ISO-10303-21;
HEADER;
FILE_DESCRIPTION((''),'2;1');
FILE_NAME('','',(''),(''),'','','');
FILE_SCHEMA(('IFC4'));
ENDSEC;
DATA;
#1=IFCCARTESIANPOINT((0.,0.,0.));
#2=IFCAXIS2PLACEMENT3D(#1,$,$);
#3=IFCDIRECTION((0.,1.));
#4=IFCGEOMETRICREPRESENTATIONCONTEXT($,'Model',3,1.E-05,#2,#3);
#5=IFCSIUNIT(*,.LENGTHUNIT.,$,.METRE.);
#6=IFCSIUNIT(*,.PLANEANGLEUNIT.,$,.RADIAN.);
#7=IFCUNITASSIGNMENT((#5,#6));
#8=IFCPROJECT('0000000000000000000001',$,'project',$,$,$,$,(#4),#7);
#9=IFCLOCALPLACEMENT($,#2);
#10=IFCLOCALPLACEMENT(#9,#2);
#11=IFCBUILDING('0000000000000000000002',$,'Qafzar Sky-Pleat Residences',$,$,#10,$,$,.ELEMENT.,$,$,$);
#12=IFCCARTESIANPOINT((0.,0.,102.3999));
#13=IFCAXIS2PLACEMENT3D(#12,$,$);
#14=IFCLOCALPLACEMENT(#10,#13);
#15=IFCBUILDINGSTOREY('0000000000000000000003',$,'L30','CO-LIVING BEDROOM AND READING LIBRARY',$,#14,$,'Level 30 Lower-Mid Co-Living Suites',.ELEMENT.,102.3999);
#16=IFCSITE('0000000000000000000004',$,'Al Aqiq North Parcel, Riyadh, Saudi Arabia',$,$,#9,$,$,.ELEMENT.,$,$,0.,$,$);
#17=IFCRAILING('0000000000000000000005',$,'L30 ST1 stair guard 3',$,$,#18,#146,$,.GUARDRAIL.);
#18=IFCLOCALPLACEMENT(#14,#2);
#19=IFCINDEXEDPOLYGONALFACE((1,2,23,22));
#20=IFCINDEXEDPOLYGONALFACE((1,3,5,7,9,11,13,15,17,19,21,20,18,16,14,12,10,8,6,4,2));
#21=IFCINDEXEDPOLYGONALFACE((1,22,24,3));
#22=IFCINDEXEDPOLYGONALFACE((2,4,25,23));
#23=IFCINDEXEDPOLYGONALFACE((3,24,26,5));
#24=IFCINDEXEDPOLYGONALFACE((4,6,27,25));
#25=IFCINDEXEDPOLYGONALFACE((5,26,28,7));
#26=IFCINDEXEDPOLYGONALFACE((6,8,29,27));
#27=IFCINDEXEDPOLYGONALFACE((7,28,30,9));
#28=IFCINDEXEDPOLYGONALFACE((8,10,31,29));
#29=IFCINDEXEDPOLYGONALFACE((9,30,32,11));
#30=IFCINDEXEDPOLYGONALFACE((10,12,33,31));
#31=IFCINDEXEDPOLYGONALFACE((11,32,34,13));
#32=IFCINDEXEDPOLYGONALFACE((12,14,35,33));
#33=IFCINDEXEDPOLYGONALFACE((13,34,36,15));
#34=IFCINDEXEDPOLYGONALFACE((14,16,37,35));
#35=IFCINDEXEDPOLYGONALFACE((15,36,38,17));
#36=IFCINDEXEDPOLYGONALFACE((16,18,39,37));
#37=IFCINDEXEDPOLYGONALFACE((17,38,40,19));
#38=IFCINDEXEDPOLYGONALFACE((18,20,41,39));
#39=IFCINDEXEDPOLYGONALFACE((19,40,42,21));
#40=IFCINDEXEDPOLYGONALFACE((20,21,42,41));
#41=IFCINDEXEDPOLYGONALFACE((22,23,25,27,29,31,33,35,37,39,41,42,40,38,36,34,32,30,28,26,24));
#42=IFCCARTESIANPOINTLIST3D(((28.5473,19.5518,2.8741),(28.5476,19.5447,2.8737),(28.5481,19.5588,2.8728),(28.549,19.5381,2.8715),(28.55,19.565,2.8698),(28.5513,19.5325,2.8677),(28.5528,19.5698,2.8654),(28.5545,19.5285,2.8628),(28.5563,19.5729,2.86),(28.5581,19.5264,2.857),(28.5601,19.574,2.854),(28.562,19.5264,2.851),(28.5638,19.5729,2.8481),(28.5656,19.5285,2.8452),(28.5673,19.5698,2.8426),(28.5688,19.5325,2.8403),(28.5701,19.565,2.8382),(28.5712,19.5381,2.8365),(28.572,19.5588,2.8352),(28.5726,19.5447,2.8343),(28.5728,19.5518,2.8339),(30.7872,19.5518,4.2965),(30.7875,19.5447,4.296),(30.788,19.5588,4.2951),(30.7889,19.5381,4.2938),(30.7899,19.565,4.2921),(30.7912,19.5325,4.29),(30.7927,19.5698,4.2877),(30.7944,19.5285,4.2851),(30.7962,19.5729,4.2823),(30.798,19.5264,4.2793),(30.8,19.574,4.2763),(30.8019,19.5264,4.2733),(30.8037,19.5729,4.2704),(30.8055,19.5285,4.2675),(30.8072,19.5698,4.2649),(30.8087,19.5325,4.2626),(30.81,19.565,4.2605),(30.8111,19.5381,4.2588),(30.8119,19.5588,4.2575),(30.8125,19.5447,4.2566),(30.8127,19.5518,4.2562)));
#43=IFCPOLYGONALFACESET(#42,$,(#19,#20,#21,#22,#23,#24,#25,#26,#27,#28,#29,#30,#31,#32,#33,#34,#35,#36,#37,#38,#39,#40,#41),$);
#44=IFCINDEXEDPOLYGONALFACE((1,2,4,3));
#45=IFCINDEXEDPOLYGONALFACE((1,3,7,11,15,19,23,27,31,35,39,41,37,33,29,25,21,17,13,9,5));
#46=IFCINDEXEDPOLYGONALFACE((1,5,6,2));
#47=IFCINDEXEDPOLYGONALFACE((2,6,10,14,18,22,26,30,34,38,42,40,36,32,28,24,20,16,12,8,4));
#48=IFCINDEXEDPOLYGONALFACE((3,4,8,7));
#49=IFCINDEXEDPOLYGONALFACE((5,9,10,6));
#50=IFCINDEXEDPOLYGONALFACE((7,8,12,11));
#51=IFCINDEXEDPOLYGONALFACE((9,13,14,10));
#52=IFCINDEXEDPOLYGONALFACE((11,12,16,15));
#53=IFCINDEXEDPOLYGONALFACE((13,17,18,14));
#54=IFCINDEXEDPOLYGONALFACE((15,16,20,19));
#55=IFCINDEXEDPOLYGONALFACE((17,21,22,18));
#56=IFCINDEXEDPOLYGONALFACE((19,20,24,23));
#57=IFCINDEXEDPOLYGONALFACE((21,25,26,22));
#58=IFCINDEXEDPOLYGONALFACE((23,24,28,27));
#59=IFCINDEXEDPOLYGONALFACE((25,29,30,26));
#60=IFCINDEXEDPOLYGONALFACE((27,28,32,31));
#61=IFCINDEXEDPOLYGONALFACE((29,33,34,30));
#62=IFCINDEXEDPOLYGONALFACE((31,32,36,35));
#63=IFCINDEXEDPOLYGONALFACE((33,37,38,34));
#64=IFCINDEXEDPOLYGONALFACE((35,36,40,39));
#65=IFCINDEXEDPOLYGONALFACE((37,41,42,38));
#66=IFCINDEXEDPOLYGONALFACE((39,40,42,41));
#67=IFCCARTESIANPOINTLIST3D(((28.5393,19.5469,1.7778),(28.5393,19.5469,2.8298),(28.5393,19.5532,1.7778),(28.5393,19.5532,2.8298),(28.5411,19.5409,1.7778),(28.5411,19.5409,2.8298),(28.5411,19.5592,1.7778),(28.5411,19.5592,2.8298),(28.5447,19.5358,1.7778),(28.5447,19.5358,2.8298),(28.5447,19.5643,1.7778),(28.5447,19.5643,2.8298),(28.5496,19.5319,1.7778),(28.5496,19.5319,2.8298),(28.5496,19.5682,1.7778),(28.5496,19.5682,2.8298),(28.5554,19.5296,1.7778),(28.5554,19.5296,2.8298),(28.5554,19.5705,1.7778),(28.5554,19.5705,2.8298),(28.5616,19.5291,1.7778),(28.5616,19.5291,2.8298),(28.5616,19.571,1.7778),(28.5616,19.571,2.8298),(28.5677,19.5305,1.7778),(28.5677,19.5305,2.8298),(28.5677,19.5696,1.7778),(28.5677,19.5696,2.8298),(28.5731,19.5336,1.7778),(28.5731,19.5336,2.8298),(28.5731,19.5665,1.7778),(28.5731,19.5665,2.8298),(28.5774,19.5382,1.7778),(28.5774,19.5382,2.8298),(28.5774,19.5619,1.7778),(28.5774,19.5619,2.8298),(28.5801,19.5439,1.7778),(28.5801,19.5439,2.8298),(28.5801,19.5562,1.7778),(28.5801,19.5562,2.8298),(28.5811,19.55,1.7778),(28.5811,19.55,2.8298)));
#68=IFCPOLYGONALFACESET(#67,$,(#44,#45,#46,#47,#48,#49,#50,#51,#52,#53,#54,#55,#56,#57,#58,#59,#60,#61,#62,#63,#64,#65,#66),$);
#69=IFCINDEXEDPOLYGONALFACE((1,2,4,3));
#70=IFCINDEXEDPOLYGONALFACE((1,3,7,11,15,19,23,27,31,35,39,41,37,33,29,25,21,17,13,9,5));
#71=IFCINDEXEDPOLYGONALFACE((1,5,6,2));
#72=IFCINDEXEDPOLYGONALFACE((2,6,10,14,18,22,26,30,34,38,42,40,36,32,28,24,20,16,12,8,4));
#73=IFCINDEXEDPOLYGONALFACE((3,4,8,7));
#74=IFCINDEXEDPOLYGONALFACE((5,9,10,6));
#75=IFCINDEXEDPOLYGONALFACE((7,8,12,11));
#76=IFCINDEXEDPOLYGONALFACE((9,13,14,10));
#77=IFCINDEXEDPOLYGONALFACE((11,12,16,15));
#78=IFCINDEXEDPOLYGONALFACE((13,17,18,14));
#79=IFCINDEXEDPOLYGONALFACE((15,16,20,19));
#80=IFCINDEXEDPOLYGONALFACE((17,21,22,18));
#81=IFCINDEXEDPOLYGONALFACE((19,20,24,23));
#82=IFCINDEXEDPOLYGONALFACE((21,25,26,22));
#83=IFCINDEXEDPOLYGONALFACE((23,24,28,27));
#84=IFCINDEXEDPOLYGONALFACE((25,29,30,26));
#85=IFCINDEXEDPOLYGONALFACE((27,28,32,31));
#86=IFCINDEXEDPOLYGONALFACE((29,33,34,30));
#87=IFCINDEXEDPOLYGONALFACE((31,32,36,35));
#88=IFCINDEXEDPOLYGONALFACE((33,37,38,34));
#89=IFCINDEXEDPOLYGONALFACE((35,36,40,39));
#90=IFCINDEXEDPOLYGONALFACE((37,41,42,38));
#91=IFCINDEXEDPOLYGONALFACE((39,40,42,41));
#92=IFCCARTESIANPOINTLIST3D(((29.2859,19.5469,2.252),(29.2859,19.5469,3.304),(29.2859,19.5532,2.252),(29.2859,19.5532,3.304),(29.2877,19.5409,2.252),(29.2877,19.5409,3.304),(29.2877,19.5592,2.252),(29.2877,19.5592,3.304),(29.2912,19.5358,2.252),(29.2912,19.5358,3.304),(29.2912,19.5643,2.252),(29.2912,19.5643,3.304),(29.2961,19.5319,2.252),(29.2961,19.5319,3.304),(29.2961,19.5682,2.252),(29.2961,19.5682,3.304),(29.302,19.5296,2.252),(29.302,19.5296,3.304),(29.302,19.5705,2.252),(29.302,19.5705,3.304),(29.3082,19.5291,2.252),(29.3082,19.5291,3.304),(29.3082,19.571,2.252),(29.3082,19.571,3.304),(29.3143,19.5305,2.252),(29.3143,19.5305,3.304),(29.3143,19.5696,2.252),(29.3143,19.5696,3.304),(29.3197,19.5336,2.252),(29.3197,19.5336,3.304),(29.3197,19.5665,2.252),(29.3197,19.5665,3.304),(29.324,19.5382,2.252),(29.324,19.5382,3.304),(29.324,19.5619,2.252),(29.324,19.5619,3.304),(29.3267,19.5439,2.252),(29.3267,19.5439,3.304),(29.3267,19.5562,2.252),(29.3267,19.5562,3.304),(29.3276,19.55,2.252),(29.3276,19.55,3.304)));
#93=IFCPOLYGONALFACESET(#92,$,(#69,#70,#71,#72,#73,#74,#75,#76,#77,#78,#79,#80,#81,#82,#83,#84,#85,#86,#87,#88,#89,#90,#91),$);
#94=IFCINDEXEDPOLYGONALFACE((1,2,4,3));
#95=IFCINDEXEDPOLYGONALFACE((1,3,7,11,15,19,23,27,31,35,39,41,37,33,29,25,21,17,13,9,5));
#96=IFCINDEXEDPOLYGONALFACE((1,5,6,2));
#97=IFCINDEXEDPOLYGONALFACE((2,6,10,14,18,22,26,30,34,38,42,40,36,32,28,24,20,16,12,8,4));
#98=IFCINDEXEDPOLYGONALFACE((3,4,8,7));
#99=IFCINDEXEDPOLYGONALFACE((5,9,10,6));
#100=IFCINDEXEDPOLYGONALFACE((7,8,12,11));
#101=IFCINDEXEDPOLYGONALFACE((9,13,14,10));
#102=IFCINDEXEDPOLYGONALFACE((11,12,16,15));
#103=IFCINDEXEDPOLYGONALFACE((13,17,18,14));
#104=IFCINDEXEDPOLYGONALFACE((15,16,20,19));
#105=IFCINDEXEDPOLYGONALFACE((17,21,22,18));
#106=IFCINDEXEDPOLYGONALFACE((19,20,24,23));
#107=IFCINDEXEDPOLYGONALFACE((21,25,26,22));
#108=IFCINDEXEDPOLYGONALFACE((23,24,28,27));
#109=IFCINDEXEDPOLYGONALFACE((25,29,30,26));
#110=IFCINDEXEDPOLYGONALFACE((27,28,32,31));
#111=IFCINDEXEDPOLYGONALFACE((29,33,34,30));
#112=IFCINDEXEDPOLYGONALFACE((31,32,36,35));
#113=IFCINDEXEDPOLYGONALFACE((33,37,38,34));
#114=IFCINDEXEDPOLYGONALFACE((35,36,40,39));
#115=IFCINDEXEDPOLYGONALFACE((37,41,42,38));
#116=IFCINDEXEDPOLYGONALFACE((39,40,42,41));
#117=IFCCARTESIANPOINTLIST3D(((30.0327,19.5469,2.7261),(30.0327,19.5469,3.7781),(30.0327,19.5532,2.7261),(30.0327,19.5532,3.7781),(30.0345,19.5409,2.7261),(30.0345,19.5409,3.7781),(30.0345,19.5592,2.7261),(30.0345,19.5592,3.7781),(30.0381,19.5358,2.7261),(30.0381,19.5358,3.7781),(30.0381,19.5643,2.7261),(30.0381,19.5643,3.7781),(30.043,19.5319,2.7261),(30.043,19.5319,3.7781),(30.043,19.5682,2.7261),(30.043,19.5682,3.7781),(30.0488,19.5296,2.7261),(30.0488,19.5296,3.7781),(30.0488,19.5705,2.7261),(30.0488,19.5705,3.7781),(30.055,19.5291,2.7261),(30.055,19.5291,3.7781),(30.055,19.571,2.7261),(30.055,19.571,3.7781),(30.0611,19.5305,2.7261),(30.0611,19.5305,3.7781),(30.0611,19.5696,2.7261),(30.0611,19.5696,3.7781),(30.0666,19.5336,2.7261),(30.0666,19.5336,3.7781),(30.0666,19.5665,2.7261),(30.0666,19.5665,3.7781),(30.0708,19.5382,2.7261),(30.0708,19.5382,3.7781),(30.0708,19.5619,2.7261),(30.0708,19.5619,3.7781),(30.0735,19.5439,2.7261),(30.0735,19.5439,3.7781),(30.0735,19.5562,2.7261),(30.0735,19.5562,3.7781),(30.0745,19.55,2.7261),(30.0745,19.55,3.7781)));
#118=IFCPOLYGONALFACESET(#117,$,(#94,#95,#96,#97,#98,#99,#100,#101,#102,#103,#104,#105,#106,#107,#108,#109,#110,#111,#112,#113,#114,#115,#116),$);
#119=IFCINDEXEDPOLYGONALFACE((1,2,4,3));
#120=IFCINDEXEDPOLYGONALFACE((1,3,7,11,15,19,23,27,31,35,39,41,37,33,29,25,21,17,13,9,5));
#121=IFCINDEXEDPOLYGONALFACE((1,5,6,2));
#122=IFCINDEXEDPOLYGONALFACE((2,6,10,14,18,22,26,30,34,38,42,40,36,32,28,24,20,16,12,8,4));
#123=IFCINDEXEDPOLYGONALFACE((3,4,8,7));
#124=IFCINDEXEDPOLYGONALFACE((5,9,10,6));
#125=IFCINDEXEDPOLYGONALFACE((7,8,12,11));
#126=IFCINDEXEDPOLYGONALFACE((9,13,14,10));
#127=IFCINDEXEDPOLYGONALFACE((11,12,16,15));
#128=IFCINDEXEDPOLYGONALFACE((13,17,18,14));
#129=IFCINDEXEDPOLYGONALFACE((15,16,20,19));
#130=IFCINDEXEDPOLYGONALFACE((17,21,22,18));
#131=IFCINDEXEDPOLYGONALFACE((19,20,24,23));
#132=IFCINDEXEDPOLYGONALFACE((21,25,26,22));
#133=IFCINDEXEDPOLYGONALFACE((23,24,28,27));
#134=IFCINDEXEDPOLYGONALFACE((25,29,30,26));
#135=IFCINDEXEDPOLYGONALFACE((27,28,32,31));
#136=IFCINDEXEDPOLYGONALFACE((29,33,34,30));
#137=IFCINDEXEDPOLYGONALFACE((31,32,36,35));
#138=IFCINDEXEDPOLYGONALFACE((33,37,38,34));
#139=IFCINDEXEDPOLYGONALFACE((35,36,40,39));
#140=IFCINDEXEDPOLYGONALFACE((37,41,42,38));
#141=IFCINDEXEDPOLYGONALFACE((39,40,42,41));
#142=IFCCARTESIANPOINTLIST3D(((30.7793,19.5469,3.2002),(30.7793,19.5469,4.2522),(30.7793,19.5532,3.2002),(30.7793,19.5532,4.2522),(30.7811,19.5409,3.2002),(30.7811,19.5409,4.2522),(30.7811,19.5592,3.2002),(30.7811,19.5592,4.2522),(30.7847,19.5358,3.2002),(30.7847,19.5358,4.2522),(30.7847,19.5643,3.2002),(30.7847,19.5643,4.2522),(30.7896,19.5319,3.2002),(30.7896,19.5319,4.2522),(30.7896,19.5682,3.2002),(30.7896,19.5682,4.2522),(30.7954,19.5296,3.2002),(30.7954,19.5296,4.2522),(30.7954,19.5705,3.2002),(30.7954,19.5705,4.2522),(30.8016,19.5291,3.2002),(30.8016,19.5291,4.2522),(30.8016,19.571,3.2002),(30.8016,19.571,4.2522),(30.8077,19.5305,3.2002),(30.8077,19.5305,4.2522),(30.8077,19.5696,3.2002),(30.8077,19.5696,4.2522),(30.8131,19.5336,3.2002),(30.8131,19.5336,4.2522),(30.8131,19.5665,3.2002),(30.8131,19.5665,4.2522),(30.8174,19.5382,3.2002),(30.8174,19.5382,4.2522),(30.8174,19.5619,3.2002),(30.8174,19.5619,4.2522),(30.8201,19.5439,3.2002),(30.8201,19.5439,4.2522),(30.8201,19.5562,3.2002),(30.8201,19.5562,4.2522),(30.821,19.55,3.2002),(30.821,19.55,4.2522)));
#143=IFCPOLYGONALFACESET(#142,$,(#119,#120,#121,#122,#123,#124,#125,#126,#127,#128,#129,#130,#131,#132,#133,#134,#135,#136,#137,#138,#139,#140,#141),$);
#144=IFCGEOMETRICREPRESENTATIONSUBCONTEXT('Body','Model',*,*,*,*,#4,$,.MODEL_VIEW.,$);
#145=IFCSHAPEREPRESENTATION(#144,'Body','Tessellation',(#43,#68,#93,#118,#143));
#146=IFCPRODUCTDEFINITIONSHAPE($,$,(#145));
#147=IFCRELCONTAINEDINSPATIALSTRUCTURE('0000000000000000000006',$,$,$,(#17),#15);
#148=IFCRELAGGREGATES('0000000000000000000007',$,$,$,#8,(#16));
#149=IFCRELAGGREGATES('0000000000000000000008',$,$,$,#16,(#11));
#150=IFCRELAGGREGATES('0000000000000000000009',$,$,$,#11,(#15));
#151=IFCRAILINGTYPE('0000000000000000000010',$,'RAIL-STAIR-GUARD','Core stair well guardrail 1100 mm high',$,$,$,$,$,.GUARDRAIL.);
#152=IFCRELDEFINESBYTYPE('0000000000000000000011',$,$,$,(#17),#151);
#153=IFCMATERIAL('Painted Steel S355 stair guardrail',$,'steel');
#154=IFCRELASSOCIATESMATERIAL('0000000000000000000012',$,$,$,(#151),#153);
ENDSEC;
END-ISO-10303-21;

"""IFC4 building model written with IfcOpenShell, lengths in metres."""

from ifc_helpers import new_model, si_unit, direction, frame, origin, origin_2d, place, context, subcontext, project, spatial, circle, extrude, source, transform, mapped, material, type_object, element, save


model = new_model("IFC4")

# Units and contexts
model_context = context("Model", 3, precision=1e-05, world=origin(), true_north=direction((0.0, 1.0)))
body_context = subcontext(model_context, "Body", "Model", "MODEL_VIEW")
ifc_project = project(units=[si_unit("LENGTHUNIT", "METRE"), si_unit("PLANEANGLEUNIT", "RADIAN")], contexts=[model_context])

# Site, building, storey
site_placement = place(None, origin())
site = spatial("IfcSite", under=ifc_project, at=site_placement, Name="Al Aqiq North Parcel, Riyadh, Saudi Arabia", CompositionType="ELEMENT", RefElevation=0.0)
building_placement = place(site_placement, origin())
building = spatial("IfcBuilding", under=site, at=building_placement, Name="Qafzar Sky-Pleat Residences", CompositionType="ELEMENT")
storey_placement = place(building_placement, frame((0.0, 0.0, 102.3999)))
storey = spatial("IfcBuildingStorey", under=building, at=storey_placement, Name="L30", Description="CO-LIVING BEDROOM AND READING LIBRARY", LongName="Level 30 Lower-Mid Co-Living Suites", CompositionType="ELEMENT", Elevation=102.3999)

# Railing
ifc_material_1 = material(Name="Painted Steel S355 stair guardrail", Category="steel")
railing_type_1 = type_object("IfcRailingType", Name="RAIL-STAIR-GUARD", Description="Core stair well guardrail 1100 mm high", PredefinedType="GUARDRAIL", material=ifc_material_1)
shared_shape_1 = source(origin(), body_context, "Body", "SweptSolid", [
    extrude(circle(Radius=0.0239, at=origin_2d()), frame((0.0, 0.0, 1.0762), z_axis=(0.844188, 0.0, 0.536048), x_axis=(0.0, 1.0, 0.0)), (0.0, 0.0, 1.0), 2.6533),
    extrude(circle(Radius=0.021, at=origin_2d()), origin(), (0.0, 0.0, 1.0), 1.052),
    extrude(circle(Radius=0.021, at=origin_2d()), frame((0.7466, 0.0, 0.4741)), (0.0, 0.0, 1.0), 1.052),
    extrude(circle(Radius=0.021, at=origin_2d()), frame((1.4934, 0.0, 0.9482)), (0.0, 0.0, 1.0), 1.052),
    extrude(circle(Radius=0.021, at=origin_2d()), frame((2.24, 0.0, 1.4224)), (0.0, 0.0, 1.0), 1.052),
])
railing_1_placement = place(storey_placement, frame((28.5601, 19.55, 1.7778)))
element("IfcRailing", 1, at=railing_1_placement, inside=storey, type_object=railing_type_1, Name="L30 ST1 stair guard 3", PredefinedType="GUARDRAIL", context=body_context, shape_type="MappedRepresentation", body=[
    mapped(shared_shape_1, transform((0.0, 0.0, 0.0), x_axis=(1.0, 0.0, 0.0), y_axis=(0.0, 1.0, 0.0), z_axis=(0.0, 0.0, 1.0), scale=1.0)),
])

save(model, "model.ifc")
